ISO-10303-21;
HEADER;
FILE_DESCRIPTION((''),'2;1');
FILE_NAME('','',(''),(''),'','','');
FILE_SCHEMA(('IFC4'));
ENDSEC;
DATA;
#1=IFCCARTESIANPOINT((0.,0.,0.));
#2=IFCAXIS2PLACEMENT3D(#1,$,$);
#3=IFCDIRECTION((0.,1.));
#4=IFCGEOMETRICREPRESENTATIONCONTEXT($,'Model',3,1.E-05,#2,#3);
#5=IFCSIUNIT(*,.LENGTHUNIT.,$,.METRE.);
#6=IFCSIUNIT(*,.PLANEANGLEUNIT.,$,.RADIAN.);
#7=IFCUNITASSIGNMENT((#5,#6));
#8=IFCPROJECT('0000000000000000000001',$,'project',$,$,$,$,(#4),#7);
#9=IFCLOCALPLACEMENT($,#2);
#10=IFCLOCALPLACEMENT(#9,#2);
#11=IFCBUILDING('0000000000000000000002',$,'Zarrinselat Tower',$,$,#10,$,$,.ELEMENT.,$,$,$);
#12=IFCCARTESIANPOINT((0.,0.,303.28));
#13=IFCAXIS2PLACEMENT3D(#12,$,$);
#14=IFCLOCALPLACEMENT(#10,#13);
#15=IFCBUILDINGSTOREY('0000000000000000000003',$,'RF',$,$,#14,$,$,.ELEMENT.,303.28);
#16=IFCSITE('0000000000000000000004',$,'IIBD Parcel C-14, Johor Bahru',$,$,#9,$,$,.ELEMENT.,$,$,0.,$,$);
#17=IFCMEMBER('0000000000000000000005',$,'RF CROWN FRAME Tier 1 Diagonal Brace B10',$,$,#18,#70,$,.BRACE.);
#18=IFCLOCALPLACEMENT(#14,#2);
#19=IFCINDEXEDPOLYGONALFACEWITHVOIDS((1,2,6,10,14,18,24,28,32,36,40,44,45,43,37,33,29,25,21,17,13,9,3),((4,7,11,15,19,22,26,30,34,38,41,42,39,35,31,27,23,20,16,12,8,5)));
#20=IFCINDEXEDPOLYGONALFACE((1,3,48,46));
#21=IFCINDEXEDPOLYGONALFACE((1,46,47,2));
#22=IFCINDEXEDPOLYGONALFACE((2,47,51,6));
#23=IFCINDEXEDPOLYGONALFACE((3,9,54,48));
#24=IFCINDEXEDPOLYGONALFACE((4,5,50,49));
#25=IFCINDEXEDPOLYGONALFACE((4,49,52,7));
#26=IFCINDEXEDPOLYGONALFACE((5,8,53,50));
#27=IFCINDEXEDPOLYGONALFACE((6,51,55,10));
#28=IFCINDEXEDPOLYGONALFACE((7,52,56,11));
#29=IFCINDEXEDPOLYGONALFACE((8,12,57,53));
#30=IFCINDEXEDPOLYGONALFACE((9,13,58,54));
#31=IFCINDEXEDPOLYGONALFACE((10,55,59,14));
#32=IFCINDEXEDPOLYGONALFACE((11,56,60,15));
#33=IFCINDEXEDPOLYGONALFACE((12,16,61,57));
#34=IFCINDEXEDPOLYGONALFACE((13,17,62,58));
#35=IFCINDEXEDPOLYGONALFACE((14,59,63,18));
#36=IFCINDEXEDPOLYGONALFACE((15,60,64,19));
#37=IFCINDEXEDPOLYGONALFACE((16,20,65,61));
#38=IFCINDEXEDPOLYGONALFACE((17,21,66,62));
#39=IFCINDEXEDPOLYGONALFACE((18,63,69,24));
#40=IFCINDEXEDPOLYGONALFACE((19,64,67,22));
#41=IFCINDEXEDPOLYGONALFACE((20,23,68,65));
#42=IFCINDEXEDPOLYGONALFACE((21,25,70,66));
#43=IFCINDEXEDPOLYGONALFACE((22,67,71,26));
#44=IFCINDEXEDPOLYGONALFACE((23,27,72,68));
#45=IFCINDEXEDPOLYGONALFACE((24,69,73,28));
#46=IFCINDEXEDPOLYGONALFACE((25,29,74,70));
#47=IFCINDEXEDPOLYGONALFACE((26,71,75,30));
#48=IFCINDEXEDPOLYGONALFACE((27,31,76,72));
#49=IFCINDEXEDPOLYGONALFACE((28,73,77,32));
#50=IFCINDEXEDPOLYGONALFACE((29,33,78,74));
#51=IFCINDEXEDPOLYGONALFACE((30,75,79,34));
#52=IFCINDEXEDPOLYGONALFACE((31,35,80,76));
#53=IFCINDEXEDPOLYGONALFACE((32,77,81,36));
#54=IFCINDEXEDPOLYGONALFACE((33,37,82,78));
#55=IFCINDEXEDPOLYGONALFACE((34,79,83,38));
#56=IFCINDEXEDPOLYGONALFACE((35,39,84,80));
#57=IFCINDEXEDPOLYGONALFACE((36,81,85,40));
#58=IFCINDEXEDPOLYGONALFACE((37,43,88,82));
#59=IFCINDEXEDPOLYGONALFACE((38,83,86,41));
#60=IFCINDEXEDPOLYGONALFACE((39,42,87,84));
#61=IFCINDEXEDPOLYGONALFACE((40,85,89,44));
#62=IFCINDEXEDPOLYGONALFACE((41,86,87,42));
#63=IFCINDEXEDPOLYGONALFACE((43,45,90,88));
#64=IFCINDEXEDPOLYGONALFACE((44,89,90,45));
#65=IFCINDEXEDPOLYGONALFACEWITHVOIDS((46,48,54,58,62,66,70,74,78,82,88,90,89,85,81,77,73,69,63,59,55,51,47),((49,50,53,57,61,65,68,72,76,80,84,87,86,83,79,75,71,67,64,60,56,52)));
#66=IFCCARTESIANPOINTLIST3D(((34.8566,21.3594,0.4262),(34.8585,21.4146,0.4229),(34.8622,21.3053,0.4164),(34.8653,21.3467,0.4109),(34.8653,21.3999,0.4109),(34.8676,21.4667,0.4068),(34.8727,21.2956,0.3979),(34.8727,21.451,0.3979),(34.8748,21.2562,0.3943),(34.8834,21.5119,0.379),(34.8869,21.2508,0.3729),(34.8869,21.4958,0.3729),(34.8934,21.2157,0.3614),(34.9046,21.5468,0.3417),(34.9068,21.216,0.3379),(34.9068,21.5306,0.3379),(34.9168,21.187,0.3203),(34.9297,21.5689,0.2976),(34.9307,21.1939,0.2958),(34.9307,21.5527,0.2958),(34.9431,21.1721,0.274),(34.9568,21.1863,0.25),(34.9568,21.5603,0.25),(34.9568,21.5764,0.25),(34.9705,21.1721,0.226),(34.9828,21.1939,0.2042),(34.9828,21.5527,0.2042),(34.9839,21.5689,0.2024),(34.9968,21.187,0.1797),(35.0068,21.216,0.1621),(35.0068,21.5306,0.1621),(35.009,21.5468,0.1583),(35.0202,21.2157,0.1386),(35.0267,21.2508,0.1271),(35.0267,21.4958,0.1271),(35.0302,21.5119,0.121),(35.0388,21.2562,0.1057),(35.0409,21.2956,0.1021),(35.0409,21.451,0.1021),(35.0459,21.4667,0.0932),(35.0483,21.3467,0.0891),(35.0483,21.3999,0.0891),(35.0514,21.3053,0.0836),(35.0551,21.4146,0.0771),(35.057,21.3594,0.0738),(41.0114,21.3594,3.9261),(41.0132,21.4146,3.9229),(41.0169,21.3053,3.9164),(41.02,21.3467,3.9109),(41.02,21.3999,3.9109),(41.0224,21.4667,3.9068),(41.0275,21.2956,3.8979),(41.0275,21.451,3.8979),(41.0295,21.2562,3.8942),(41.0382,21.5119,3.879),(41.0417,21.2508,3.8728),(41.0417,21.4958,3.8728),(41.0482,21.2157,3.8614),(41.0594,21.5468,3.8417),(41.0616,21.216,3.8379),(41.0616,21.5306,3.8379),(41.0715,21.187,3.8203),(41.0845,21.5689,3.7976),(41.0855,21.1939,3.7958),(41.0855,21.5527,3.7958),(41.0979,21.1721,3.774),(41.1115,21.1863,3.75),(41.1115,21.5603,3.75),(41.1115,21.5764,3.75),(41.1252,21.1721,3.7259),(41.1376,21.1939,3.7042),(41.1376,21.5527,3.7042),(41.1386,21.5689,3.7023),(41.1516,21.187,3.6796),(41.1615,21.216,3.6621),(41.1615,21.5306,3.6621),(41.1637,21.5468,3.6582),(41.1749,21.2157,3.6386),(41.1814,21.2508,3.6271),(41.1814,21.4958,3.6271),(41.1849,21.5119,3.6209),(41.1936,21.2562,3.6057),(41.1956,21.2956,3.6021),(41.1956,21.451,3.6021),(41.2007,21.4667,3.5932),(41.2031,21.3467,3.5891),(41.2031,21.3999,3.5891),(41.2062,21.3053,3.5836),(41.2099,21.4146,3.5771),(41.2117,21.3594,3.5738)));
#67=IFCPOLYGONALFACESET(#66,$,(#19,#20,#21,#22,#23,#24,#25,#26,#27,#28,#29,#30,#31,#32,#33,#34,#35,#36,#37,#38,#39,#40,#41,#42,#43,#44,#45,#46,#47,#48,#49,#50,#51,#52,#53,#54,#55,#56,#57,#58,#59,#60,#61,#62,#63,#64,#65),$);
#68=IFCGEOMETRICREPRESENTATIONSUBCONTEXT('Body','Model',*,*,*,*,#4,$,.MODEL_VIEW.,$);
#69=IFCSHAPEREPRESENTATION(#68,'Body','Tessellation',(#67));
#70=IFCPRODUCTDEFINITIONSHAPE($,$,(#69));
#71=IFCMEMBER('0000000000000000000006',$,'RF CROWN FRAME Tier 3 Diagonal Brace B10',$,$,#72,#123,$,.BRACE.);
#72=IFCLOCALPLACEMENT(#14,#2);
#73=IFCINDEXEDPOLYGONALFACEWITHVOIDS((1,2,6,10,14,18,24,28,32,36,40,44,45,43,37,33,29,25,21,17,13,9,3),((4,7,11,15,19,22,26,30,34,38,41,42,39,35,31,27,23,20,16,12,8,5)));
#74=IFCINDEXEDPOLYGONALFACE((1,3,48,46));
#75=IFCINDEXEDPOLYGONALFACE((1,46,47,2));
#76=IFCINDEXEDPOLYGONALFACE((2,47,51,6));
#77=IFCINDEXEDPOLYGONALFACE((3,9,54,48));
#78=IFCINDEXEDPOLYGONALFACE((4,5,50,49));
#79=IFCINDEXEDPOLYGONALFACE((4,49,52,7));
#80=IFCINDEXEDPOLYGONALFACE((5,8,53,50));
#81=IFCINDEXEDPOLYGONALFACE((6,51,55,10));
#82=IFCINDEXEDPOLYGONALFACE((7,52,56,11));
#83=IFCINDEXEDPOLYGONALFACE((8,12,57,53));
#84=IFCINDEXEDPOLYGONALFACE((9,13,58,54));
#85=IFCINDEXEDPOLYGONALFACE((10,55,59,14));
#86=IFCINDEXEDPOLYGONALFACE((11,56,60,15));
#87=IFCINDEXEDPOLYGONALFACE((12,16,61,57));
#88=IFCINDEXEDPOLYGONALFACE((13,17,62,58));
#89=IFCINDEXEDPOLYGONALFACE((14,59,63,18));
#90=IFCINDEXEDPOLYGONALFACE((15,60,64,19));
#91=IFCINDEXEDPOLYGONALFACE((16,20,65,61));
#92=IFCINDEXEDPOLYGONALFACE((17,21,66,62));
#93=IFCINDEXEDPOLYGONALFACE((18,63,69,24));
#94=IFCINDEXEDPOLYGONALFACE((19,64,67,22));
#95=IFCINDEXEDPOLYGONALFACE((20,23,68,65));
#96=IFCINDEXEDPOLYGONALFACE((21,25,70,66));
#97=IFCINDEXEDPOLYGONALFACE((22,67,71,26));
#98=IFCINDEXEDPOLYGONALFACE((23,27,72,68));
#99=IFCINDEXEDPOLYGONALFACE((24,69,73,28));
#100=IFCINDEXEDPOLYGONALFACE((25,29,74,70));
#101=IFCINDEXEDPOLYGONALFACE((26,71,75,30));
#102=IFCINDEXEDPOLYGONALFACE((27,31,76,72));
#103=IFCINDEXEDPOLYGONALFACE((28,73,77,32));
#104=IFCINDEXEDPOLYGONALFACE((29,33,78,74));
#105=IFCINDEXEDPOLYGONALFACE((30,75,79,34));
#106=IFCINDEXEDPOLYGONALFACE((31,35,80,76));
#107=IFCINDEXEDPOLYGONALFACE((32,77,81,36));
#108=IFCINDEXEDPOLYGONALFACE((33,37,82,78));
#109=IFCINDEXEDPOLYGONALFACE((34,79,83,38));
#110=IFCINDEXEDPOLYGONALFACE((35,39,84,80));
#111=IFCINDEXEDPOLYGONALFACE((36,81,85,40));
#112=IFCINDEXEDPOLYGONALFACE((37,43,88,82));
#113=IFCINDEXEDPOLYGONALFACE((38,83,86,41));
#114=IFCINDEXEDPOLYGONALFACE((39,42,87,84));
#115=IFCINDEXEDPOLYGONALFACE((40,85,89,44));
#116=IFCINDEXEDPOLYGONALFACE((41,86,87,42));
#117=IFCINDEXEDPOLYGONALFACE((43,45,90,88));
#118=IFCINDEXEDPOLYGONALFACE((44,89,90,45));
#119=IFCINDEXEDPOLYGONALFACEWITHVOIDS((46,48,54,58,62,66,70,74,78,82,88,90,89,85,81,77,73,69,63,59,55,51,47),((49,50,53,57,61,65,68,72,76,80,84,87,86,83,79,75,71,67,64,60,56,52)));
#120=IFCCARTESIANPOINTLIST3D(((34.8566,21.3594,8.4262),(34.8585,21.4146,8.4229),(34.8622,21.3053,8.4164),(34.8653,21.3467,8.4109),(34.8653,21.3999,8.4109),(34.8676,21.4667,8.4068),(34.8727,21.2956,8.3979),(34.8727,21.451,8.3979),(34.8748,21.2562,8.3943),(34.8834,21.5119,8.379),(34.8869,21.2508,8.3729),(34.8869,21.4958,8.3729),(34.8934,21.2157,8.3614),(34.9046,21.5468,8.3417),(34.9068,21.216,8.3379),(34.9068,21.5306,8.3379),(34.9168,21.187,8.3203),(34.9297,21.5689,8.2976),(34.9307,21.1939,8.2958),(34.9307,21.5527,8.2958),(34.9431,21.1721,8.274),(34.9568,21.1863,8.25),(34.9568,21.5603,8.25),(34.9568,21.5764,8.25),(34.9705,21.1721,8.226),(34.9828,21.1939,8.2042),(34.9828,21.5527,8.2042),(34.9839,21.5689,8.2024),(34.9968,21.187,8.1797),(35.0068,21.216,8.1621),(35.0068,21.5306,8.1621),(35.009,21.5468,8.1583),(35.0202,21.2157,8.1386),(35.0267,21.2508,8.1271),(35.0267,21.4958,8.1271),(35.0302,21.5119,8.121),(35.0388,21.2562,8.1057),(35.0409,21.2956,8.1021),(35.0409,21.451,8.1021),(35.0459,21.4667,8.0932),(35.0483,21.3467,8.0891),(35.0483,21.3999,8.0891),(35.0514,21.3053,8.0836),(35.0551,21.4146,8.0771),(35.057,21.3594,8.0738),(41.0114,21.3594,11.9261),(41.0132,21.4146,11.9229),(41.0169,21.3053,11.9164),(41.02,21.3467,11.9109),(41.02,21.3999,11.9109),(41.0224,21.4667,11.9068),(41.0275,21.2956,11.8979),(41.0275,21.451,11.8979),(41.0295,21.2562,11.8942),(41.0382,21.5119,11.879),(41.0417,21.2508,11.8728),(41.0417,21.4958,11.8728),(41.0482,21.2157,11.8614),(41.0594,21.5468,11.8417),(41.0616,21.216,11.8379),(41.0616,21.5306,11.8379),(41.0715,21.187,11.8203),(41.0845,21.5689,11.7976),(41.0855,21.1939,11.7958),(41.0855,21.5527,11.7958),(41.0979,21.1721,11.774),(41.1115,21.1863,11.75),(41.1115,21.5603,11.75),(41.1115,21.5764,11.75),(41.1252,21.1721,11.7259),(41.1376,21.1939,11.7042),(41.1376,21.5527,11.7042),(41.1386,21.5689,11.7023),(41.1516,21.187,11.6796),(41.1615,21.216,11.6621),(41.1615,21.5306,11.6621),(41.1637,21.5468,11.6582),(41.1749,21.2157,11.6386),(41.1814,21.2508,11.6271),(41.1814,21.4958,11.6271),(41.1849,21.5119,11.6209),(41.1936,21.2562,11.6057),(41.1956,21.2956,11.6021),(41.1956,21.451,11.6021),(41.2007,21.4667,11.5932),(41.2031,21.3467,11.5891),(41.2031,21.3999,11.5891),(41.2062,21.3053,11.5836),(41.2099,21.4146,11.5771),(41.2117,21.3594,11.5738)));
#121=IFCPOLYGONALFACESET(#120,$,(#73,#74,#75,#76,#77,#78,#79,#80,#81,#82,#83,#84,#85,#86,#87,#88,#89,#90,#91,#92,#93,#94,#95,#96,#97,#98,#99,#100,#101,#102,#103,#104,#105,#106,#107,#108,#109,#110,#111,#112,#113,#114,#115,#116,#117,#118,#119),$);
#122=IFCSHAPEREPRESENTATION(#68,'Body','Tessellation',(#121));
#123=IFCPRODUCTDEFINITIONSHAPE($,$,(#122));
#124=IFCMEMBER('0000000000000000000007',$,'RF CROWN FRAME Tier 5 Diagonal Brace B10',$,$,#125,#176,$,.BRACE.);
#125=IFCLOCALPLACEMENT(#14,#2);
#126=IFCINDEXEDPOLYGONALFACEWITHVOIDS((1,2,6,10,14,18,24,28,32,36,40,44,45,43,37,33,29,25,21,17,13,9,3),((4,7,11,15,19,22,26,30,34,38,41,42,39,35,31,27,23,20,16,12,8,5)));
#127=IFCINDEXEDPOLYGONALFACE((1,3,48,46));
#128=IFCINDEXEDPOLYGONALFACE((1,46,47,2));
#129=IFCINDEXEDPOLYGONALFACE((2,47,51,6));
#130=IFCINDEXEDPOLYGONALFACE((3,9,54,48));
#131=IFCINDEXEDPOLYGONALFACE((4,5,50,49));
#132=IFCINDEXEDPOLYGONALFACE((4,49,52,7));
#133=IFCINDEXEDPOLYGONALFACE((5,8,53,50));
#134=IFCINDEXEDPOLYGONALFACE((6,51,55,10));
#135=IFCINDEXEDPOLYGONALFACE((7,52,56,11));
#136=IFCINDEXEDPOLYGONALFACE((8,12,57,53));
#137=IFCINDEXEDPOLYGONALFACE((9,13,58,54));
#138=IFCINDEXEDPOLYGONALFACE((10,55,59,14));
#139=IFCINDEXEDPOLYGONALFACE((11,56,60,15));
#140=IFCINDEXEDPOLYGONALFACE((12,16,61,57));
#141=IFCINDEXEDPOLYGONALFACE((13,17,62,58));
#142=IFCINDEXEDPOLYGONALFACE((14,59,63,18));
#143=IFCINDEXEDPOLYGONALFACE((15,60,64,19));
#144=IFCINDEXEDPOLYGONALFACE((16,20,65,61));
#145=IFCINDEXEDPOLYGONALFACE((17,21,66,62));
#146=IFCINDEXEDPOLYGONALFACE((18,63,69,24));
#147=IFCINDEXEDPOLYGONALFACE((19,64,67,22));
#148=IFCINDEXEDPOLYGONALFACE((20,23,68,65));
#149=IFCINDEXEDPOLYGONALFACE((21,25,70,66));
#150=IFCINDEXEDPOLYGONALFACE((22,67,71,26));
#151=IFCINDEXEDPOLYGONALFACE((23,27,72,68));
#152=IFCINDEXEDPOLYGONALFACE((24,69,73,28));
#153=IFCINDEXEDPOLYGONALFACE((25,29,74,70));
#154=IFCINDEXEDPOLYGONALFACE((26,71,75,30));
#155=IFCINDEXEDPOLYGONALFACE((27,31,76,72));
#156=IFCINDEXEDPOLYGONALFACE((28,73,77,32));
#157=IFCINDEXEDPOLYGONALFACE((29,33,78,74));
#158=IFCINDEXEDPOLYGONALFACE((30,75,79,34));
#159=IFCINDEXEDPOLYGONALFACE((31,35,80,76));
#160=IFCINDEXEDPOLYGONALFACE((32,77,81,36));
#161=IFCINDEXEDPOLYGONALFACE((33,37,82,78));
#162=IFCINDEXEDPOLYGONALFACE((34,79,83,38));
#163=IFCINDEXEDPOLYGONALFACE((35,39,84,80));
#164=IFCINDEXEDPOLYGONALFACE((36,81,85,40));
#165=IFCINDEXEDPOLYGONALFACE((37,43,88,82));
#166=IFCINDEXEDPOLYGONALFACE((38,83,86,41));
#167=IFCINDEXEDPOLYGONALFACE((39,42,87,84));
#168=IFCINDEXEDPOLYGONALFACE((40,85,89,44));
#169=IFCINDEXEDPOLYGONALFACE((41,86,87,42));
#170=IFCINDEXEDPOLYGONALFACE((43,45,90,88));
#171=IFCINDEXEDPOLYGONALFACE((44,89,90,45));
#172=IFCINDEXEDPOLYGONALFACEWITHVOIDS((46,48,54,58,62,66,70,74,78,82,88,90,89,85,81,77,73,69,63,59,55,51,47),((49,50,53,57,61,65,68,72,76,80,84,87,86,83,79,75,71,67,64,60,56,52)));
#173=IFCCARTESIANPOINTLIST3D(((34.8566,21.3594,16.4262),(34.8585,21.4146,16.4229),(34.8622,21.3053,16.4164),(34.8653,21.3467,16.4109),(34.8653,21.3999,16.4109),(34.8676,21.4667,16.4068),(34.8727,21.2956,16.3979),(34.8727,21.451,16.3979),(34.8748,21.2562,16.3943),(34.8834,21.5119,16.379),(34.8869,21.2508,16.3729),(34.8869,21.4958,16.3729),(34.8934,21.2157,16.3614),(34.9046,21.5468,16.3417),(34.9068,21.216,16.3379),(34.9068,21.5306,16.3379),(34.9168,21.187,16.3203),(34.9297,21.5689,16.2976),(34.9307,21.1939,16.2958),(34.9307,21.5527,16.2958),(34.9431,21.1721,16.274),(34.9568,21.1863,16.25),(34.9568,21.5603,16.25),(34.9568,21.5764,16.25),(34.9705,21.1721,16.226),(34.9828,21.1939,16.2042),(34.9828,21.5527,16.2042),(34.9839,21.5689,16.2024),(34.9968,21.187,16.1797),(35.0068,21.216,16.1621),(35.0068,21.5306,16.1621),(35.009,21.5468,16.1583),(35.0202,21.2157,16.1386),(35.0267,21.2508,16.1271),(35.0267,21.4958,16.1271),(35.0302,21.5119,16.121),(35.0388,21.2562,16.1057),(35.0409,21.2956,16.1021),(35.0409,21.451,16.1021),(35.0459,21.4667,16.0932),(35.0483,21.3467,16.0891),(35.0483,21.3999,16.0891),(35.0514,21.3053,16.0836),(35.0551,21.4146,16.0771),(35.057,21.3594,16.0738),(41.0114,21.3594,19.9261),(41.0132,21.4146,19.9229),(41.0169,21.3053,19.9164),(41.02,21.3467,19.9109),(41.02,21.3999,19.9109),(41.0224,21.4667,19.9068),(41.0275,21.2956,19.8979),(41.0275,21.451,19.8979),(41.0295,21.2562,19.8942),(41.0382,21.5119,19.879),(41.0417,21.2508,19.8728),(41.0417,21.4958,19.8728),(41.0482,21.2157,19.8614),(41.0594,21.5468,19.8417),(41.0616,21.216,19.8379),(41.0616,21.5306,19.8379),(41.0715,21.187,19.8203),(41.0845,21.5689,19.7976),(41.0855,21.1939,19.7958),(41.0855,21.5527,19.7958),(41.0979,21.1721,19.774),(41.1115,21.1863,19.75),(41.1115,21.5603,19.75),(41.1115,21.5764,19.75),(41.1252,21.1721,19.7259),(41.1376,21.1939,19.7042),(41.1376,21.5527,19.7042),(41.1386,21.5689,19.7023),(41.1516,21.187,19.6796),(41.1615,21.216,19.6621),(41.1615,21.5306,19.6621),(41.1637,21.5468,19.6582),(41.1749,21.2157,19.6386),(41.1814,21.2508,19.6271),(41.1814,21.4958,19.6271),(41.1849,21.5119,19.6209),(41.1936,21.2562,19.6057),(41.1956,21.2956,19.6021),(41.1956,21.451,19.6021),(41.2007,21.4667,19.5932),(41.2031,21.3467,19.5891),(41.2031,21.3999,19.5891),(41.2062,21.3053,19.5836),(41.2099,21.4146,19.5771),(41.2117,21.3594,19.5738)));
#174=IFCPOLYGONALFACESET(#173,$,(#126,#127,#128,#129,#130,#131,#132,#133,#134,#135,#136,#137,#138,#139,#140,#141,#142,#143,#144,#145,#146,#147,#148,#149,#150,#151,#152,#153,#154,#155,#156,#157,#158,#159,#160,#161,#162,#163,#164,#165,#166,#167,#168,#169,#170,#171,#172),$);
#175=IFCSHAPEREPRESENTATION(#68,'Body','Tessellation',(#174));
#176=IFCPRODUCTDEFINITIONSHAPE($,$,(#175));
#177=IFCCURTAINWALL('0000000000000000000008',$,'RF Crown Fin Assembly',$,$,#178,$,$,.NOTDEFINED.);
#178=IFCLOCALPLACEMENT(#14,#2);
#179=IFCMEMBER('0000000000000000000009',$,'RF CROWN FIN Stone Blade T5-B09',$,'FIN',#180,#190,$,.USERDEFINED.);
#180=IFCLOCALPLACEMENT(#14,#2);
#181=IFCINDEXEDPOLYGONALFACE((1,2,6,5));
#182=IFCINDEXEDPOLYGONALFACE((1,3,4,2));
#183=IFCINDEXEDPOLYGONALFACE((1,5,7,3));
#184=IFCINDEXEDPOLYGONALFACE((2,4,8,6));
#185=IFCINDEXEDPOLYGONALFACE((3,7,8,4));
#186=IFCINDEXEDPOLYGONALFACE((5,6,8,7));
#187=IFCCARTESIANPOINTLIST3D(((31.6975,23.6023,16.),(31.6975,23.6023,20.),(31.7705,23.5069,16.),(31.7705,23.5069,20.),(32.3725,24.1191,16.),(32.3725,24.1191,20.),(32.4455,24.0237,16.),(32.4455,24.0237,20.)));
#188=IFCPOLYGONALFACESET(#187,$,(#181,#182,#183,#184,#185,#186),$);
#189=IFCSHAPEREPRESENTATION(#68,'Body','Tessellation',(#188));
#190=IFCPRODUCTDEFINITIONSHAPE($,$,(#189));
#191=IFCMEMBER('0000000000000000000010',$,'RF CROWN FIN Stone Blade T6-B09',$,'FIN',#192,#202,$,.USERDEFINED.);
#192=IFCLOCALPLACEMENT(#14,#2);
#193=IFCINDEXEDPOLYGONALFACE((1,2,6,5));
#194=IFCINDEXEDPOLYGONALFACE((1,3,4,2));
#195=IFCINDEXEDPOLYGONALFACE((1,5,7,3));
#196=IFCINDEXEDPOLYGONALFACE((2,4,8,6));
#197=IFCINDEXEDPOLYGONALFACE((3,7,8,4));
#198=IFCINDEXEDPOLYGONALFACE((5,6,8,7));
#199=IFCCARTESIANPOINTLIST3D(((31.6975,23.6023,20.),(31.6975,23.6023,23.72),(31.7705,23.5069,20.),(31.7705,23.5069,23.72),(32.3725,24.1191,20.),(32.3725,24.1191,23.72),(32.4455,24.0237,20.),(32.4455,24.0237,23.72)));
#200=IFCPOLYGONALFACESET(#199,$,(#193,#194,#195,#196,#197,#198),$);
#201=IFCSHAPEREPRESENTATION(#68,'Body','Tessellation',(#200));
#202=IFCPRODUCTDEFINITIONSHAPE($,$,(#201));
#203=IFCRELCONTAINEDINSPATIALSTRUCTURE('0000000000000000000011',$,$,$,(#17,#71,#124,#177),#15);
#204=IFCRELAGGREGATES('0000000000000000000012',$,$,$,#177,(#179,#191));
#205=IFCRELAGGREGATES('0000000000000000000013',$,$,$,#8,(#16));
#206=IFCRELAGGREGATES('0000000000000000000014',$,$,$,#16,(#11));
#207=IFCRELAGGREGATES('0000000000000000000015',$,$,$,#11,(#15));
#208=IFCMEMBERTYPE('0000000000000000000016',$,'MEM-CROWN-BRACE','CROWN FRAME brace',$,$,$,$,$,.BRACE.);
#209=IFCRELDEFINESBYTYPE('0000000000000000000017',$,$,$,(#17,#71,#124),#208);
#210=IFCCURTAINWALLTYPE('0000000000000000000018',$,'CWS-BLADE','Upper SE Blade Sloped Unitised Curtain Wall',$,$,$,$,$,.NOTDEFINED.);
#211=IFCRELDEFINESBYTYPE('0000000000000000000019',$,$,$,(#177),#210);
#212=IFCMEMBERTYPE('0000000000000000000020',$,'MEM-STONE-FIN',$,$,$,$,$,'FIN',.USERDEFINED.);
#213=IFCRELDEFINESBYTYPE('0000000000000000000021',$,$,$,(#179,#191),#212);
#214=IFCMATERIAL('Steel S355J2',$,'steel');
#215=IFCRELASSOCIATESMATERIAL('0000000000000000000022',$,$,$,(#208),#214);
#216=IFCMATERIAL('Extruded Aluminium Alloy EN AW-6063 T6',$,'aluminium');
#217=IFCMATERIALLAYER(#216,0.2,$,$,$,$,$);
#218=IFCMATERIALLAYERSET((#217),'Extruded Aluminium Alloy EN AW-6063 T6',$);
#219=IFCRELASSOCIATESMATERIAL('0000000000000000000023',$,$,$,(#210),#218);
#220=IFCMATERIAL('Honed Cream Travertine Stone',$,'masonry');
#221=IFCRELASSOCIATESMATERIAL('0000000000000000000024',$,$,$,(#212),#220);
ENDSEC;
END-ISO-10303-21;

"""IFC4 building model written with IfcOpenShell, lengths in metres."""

from ifc_helpers import new_model, si_unit, direction, frame, origin, origin_2d, place, context, subcontext, project, spatial, rectangle, hollow_circle, extrude, material, layer, layer_set, material_profile, profile_set, type_object, element, aggregate, save


model = new_model("IFC4")

# Units and contexts
model_context = context("Model", 3, precision=1e-05, world=origin(), true_north=direction((0.0, 1.0)))
body_context = subcontext(model_context, "Body", "Model", "MODEL_VIEW")
ifc_project = project(units=[si_unit("LENGTHUNIT", "METRE"), si_unit("PLANEANGLEUNIT", "RADIAN")], contexts=[model_context])

# Site, building, storey
site_placement = place(None, origin())
site = spatial("IfcSite", under=ifc_project, at=site_placement, Name="IIBD Parcel C-14, Johor Bahru", CompositionType="ELEMENT", RefElevation=0.0)
building_placement = place(site_placement, origin())
building = spatial("IfcBuilding", under=site, at=building_placement, Name="Zarrinselat Tower", CompositionType="ELEMENT")
storey_placement = place(building_placement, frame((0.0, 0.0, 303.28)))
storey = spatial("IfcBuildingStorey", under=building, at=storey_placement, Name="RF", CompositionType="ELEMENT", Elevation=303.28)

# Members
ifc_material_1 = material(Name="Steel S355J2", Category="steel")
ifc_material_profile_1 = material_profile(ifc_material_1, hollow_circle(Radius=0.2031, WallThickness=0.0161, at=origin_2d()), Name="CHS 406.4x16")
ifc_profile_set_1 = profile_set([ifc_material_profile_1], Name="Steel S355J2")
member_type_1 = type_object("IfcMemberType", Name="MEM-CROWN-BRACE", Description="CROWN FRAME brace", PredefinedType="BRACE", material=ifc_profile_set_1)
for number, where, z_axis, x_axis, name in (
    (1, (34.9568, 21.3733, 0.25), (0.869277, 0.0, 0.494326), (0.0, 1.0, 0.0), "RF CROWN FRAME Tier 1 Diagonal Brace B10"),
    (2, (34.9568, 21.3733, 8.25), (0.869277, 0.0, 0.494326), (0.0, 1.0, 0.0), "RF CROWN FRAME Tier 3 Diagonal Brace B10"),
    (3, (34.9568, 21.3733, 16.25), (0.869277, 0.0, 0.494326), (0.0, 1.0, 0.0), "RF CROWN FRAME Tier 5 Diagonal Brace B10"),
):
    element("IfcMember", number, at=place(storey_placement, frame(where, z_axis=z_axis, x_axis=x_axis)), inside=storey, type_object=member_type_1, Name=name, PredefinedType="BRACE", context=body_context, shape_type="SweptSolid", body=[
        extrude(hollow_circle(Radius=0.2031, WallThickness=0.0161, at=origin_2d()), origin(), (0.0, 0.0, 1.0), 7.0803),
    ])

# Curtain wall, members
ifc_material_2 = material(Name="Extruded Aluminium Alloy EN AW-6063 T6", Category="aluminium")
ifc_layer_1 = layer(ifc_material_2, 0.2)
ifc_layer_set_1 = layer_set([ifc_layer_1], Name="Extruded Aluminium Alloy EN AW-6063 T6")
curtain_wall_type = type_object("IfcCurtainWallType", Name="CWS-BLADE", Description="Upper SE Blade Sloped Unitised Curtain Wall", PredefinedType="NOTDEFINED", material=ifc_layer_set_1)
curtain_wall_placement = place(storey_placement, origin())
curtain_wall = element("IfcCurtainWall", 4, at=curtain_wall_placement, inside=storey, type_object=curtain_wall_type, Name="RF Crown Fin Assembly", PredefinedType="NOTDEFINED")
ifc_material_3 = material(Name="Honed Cream Travertine Stone", Category="masonry")
ifc_material_profile_2 = material_profile(ifc_material_3, rectangle(XDim=0.1201, YDim=0.8501, at=origin_2d()), Name="FIN 850x120")
ifc_profile_set_2 = profile_set([ifc_material_profile_2], Name="Honed Cream Travertine Stone")
member_type_2 = type_object("IfcMemberType", Name="MEM-STONE-FIN", ElementType="FIN", PredefinedType="USERDEFINED", material=ifc_profile_set_2)
member_1_placement = place(storey_placement, frame((32.0715, 23.813, 16.0), z_axis=(0.0, 0.0, 1.0), x_axis=(-0.607896, 0.794016, 0.0)))
member_1 = element("IfcMember", 5, at=member_1_placement, type_object=member_type_2, Name="RF CROWN FIN Stone Blade T5-B09", ObjectType="FIN", PredefinedType="USERDEFINED", context=body_context, shape_type="SweptSolid", body=[
    extrude(rectangle(XDim=0.1201, YDim=0.8501, at=origin_2d()), origin(), (0.0, 0.0, 1.0), 4.0),
])
member_2_placement = place(storey_placement, frame((32.0715, 23.813, 20.0), z_axis=(0.0, 0.0, 1.0), x_axis=(-0.607896, 0.794016, 0.0)))
member_2 = element("IfcMember", 6, at=member_2_placement, type_object=member_type_2, Name="RF CROWN FIN Stone Blade T6-B09", ObjectType="FIN", PredefinedType="USERDEFINED", context=body_context, shape_type="SweptSolid", body=[
    extrude(rectangle(XDim=0.1201, YDim=0.8501, at=origin_2d()), origin(), (0.0, 0.0, 1.0), 3.72),
])
aggregate(curtain_wall, [member_1, member_2])

save(model, "model.ifc")
